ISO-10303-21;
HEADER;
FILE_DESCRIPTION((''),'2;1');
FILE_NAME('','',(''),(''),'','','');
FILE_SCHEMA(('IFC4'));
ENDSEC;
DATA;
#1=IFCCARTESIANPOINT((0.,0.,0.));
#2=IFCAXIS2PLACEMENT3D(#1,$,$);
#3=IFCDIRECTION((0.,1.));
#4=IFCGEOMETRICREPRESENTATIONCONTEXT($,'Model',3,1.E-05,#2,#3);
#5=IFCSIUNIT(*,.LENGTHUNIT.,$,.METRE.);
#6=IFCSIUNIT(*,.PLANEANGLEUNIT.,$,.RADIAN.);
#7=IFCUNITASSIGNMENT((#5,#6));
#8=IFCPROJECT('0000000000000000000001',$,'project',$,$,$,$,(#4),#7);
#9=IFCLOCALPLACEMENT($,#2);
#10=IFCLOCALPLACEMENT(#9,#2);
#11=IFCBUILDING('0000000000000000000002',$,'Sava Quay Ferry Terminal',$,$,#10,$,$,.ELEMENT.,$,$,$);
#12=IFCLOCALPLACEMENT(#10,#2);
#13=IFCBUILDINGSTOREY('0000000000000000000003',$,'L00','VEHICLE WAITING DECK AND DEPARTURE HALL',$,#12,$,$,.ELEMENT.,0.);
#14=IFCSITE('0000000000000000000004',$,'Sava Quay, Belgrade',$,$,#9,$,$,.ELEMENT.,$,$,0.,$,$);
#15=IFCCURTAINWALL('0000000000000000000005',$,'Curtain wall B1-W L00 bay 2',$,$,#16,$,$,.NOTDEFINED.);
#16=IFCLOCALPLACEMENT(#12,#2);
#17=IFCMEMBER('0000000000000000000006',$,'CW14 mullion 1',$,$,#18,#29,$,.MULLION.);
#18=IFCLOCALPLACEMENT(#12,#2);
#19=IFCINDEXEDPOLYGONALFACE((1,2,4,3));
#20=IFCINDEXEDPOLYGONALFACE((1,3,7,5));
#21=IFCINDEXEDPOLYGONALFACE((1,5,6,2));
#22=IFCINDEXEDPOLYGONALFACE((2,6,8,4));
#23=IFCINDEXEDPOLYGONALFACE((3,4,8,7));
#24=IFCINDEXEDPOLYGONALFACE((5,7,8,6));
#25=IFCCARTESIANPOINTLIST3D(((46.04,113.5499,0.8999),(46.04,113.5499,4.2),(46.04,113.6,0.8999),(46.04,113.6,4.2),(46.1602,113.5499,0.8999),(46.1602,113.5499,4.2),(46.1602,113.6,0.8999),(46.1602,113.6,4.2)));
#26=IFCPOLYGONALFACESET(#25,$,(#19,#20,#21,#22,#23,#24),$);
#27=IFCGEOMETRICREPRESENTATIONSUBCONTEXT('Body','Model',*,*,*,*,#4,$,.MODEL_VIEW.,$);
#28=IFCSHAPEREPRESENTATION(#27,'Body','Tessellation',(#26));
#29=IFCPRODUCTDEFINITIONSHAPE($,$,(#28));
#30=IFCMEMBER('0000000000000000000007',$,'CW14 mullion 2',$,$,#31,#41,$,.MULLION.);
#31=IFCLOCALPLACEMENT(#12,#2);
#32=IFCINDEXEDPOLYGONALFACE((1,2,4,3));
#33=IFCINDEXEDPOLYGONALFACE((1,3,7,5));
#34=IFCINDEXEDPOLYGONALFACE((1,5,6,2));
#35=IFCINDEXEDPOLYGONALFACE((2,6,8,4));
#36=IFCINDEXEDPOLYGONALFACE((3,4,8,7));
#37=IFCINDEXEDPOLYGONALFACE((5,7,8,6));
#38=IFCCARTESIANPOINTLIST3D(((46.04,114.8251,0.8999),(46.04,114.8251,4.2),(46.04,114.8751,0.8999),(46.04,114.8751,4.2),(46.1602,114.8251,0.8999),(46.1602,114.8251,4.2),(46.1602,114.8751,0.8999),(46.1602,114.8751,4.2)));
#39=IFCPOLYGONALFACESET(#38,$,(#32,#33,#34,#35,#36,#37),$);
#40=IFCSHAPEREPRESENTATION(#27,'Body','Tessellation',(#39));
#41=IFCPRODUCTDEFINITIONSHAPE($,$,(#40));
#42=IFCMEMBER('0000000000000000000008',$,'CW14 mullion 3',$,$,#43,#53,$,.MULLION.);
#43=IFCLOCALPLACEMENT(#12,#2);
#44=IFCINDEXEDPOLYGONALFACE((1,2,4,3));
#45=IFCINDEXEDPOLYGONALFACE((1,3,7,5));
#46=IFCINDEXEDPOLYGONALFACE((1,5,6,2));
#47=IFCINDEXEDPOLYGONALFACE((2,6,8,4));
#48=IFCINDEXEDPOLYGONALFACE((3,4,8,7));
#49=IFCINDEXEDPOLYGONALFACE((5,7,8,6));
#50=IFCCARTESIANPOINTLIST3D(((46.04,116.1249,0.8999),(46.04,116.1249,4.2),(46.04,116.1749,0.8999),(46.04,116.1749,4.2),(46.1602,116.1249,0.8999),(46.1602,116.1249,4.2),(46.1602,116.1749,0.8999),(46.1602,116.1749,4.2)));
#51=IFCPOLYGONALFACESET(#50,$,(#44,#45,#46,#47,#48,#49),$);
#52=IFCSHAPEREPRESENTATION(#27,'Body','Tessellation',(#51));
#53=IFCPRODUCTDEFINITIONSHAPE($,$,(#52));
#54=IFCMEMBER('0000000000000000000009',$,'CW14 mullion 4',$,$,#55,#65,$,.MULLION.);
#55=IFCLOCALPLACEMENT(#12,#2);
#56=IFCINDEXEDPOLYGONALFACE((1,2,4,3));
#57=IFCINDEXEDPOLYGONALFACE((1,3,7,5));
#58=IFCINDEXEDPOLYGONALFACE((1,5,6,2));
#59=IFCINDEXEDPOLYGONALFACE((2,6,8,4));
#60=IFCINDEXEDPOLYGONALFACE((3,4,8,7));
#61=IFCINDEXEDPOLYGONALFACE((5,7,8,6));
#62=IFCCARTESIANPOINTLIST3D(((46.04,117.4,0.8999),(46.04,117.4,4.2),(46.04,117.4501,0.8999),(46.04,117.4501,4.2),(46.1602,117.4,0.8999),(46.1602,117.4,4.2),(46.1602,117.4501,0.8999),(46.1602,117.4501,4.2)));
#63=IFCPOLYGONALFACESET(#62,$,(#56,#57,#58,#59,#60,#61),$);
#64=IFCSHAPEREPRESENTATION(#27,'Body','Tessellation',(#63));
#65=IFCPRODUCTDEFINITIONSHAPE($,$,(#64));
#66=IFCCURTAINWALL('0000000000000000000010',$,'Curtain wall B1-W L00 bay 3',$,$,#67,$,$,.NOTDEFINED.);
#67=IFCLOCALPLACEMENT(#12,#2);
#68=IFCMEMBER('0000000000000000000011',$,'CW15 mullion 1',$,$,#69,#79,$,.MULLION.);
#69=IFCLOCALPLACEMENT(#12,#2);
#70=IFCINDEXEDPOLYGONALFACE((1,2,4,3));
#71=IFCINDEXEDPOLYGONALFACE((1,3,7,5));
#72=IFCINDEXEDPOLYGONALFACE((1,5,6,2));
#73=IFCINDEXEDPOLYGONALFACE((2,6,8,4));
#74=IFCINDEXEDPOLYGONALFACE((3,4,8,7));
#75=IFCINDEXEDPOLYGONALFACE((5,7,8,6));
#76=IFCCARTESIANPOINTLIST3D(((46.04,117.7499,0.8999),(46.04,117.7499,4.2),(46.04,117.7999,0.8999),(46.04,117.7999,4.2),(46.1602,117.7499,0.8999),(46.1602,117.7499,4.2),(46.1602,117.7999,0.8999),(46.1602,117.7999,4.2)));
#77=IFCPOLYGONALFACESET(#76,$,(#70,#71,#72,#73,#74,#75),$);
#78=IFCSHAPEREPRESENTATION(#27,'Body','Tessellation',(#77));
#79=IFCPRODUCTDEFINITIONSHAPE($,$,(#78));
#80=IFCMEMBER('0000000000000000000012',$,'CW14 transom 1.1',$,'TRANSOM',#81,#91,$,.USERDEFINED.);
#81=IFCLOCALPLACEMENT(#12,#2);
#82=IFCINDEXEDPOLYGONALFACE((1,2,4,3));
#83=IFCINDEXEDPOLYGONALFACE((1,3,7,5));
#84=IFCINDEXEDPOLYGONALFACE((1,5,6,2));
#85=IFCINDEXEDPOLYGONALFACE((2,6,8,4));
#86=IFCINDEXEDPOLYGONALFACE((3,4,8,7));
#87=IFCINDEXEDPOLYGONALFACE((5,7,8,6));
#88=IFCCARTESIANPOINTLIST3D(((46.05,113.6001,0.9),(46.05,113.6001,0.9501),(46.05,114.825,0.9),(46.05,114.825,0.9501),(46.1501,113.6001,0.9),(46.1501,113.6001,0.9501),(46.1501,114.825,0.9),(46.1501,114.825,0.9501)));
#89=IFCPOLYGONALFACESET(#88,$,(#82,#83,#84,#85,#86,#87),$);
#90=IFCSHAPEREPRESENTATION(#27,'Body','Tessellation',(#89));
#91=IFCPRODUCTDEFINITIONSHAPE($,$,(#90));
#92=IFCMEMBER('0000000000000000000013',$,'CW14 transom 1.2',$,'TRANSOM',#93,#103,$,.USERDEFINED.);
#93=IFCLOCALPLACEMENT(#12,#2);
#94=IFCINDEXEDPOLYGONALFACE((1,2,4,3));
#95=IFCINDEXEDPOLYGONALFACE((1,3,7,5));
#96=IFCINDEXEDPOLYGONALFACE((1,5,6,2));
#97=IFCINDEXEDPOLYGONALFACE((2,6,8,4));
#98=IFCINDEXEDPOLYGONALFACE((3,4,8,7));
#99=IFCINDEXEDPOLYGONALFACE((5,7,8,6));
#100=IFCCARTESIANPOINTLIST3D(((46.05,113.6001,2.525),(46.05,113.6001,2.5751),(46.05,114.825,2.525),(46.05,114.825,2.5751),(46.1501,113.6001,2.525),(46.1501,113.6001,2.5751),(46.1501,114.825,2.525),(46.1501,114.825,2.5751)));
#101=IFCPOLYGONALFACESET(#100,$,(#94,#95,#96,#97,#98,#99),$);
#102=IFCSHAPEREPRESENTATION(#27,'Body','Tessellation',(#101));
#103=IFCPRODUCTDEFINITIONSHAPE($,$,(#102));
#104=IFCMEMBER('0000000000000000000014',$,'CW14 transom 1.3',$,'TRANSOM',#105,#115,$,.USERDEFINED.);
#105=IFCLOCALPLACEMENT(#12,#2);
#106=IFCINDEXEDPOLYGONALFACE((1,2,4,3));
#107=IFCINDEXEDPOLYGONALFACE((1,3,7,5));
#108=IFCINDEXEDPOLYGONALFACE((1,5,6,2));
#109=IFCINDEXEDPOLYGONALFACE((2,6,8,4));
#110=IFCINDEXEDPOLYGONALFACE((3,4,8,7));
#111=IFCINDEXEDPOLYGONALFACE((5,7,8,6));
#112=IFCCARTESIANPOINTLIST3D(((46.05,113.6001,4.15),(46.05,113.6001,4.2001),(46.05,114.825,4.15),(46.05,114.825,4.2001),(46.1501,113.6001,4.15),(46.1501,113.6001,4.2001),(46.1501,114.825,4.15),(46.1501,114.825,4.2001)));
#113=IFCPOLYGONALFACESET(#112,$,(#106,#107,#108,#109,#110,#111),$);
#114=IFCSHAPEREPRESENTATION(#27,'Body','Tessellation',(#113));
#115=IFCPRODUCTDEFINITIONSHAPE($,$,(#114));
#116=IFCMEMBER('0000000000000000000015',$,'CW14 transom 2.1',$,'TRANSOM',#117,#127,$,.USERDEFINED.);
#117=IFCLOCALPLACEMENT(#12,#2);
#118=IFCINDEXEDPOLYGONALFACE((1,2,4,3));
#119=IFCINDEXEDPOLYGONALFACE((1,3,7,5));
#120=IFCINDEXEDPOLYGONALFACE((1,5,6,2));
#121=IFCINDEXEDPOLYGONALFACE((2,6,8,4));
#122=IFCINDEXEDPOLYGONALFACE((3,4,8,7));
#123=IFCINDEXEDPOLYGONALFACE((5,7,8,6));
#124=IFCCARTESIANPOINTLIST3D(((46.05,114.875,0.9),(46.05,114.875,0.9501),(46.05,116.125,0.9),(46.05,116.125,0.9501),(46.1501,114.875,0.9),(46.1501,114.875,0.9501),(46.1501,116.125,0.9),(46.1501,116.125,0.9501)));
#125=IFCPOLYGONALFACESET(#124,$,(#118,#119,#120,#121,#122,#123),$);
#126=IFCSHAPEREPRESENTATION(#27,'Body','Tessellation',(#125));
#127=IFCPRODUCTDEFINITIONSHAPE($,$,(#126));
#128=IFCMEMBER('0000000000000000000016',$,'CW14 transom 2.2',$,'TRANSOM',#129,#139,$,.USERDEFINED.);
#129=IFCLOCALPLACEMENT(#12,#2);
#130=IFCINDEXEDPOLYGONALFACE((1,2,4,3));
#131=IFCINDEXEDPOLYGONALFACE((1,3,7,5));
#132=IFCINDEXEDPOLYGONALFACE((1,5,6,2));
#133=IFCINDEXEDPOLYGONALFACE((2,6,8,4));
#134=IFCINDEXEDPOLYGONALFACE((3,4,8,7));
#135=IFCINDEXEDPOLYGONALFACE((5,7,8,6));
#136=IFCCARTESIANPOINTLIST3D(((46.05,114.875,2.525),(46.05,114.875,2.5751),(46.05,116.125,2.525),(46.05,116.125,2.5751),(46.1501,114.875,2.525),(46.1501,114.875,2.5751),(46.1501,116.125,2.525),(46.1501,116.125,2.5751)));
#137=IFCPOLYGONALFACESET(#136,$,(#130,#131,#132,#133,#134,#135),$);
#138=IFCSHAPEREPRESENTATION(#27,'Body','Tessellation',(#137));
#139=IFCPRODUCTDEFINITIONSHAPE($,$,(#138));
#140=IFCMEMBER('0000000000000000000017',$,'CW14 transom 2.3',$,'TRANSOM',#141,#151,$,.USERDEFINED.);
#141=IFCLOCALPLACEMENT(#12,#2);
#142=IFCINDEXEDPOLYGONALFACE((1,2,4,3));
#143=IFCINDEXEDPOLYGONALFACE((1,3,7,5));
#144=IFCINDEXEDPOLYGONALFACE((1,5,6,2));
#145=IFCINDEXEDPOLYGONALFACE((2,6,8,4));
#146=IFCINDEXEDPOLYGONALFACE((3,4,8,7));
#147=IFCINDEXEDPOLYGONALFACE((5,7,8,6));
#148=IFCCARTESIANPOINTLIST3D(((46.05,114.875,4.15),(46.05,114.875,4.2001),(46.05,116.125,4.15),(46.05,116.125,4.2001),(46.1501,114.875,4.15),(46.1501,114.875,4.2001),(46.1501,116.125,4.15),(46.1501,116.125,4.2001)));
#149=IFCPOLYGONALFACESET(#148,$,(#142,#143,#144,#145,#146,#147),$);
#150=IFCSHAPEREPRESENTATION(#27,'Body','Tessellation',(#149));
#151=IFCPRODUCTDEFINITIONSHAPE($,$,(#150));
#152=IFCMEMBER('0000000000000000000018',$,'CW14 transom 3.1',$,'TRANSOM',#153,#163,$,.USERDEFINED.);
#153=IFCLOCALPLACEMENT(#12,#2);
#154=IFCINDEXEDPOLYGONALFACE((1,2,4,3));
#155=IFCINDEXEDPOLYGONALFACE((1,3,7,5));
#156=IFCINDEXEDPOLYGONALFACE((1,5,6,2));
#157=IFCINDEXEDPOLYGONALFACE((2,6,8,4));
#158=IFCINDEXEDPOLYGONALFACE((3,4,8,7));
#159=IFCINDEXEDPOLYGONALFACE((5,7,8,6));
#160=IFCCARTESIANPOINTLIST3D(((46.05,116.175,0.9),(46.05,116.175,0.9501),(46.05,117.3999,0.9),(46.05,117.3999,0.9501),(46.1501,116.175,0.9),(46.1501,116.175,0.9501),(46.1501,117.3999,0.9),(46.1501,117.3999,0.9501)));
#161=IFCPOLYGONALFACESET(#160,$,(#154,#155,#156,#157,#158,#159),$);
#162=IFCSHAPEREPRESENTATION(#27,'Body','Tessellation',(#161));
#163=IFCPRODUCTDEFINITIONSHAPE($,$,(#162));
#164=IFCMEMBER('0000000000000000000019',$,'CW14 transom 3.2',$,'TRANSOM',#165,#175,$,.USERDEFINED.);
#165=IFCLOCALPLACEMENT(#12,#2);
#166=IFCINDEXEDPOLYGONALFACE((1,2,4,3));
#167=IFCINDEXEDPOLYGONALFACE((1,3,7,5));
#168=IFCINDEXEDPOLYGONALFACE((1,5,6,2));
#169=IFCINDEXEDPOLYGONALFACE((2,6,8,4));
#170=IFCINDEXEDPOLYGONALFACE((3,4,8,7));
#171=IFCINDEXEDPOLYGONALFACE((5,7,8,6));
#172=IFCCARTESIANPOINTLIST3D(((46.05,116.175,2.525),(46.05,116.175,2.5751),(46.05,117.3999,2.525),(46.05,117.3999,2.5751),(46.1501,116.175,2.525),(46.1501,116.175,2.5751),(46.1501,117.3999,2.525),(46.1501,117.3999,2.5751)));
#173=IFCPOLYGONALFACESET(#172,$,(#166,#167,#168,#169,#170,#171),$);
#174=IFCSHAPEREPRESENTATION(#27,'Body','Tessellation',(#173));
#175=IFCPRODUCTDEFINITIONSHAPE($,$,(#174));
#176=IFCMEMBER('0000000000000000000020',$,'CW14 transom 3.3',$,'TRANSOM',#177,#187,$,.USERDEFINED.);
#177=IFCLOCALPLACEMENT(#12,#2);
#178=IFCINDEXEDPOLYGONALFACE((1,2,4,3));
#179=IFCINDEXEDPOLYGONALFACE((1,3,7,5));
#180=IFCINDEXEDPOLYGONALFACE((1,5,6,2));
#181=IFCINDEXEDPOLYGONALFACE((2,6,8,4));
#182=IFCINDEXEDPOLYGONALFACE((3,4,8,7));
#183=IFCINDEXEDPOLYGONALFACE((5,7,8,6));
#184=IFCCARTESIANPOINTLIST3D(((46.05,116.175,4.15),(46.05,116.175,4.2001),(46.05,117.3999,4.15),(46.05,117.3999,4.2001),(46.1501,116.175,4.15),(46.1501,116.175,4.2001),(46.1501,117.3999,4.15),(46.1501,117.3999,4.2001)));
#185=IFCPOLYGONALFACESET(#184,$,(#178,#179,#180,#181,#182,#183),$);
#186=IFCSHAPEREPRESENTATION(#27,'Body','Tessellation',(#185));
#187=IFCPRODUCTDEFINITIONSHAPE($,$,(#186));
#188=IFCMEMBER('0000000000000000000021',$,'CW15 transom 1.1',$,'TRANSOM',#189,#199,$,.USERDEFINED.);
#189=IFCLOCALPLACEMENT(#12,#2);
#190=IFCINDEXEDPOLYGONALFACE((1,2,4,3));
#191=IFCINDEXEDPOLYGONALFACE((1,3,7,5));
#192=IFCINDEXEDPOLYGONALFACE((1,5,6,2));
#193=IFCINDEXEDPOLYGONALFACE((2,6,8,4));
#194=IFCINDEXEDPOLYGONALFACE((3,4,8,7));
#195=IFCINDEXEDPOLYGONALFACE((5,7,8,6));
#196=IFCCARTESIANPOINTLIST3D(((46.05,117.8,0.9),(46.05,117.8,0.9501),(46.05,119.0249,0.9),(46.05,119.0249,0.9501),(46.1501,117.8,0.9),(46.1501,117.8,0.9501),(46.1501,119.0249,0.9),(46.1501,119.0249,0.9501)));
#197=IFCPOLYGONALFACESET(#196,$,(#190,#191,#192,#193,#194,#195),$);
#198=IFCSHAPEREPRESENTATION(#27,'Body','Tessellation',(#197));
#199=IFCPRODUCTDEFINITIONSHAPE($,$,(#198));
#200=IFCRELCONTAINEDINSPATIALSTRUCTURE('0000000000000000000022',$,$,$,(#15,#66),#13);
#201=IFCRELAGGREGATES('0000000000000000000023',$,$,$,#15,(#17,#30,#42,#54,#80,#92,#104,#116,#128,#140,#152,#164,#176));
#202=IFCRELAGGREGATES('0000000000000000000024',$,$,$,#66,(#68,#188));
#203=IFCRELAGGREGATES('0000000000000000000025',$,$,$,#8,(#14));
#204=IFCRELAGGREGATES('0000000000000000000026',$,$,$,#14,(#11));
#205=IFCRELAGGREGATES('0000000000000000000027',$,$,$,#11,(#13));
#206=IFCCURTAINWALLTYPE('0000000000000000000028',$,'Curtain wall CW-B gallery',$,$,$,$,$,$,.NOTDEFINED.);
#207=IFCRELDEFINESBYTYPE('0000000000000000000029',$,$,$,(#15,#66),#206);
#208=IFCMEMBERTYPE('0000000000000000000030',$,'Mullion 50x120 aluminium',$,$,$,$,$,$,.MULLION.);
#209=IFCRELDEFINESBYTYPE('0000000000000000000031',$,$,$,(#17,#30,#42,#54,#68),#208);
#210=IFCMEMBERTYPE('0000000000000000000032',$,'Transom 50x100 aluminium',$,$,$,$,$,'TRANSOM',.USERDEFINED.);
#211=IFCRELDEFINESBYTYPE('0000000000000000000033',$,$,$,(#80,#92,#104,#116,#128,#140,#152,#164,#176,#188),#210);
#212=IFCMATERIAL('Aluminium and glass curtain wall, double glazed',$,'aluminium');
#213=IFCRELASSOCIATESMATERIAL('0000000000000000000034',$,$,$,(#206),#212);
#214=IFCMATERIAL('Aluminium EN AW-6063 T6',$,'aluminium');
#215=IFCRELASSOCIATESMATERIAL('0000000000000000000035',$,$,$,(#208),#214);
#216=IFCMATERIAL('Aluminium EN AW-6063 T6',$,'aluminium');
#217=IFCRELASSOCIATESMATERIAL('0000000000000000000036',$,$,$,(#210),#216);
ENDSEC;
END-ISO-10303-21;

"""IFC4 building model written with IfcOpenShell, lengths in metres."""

from ifc_helpers import new_model, si_unit, direction, frame, origin, origin_2d, place, context, subcontext, project, spatial, rectangle, extrude, material, material_profile, profile_set, type_object, element, aggregate, save


model = new_model("IFC4")

# Units and contexts
model_context = context("Model", 3, precision=1e-05, world=origin(), true_north=direction((0.0, 1.0)))
body_context = subcontext(model_context, "Body", "Model", "MODEL_VIEW")
ifc_project = project(units=[si_unit("LENGTHUNIT", "METRE"), si_unit("PLANEANGLEUNIT", "RADIAN")], contexts=[model_context])

# Site, building, storey
site_placement = place(None, origin())
site = spatial("IfcSite", under=ifc_project, at=site_placement, Name="Sava Quay, Belgrade", CompositionType="ELEMENT", RefElevation=0.0)
building_placement = place(site_placement, origin())
building = spatial("IfcBuilding", under=site, at=building_placement, Name="Sava Quay Ferry Terminal", CompositionType="ELEMENT")
storey_placement = place(building_placement, origin())
storey = spatial("IfcBuildingStorey", under=building, at=storey_placement, Name="L00", Description="VEHICLE WAITING DECK AND DEPARTURE HALL", CompositionType="ELEMENT", Elevation=0.0)

# Curtain wall, members
ifc_material_1 = material(Name="Aluminium and glass curtain wall, double glazed", Category="aluminium")
curtain_wall_type = type_object("IfcCurtainWallType", Name="Curtain wall CW-B gallery", PredefinedType="NOTDEFINED", material=ifc_material_1)
curtain_wall_1_placement = place(storey_placement, origin())
curtain_wall_1 = element("IfcCurtainWall", 1, at=curtain_wall_1_placement, inside=storey, type_object=curtain_wall_type, Name="Curtain wall B1-W L00 bay 2", PredefinedType="NOTDEFINED")
ifc_material_2 = material(Name="Aluminium EN AW-6063 T6", Category="aluminium")
ifc_material_profile_1 = material_profile(ifc_material_2, rectangle(XDim=0.1201, YDim=0.05, at=origin_2d()), Name="Mullion 50x120 aluminium")
ifc_profile_set_1 = profile_set([ifc_material_profile_1], Name="Aluminium EN AW-6063 T6")
member_type_1 = type_object("IfcMemberType", Name="Mullion 50x120 aluminium", PredefinedType="MULLION", material=ifc_profile_set_1)
member_1_placement = place(storey_placement, frame((46.1001, 113.575, 0.8999), z_axis=(0.0, 0.0, 1.0), x_axis=(-1.0, 0.0, 0.0)))
member_1 = element("IfcMember", 2, at=member_1_placement, type_object=member_type_1, Name="CW14 mullion 1", PredefinedType="MULLION", context=body_context, shape_type="SweptSolid", body=[
    extrude(rectangle(XDim=0.1201, YDim=0.05, at=origin_2d()), origin(), (0.0, 0.0, 1.0), 3.3),
])
member_2_placement = place(storey_placement, frame((46.1001, 114.8501, 0.8999), z_axis=(0.0, 0.0, 1.0), x_axis=(-1.0, 0.0, 0.0)))
member_2 = element("IfcMember", 3, at=member_2_placement, type_object=member_type_1, Name="CW14 mullion 2", PredefinedType="MULLION", context=body_context, shape_type="SweptSolid", body=[
    extrude(rectangle(XDim=0.1201, YDim=0.05, at=origin_2d()), origin(), (0.0, 0.0, 1.0), 3.3),
])
member_3_placement = place(storey_placement, frame((46.1001, 116.1499, 0.8999), z_axis=(0.0, 0.0, 1.0), x_axis=(-1.0, 0.0, 0.0)))
member_3 = element("IfcMember", 4, at=member_3_placement, type_object=member_type_1, Name="CW14 mullion 3", PredefinedType="MULLION", context=body_context, shape_type="SweptSolid", body=[
    extrude(rectangle(XDim=0.1201, YDim=0.05, at=origin_2d()), origin(), (0.0, 0.0, 1.0), 3.3),
])
member_4_placement = place(storey_placement, frame((46.1001, 117.425, 0.8999), z_axis=(0.0, 0.0, 1.0), x_axis=(-1.0, 0.0, 0.0)))
member_4 = element("IfcMember", 5, at=member_4_placement, type_object=member_type_1, Name="CW14 mullion 4", PredefinedType="MULLION", context=body_context, shape_type="SweptSolid", body=[
    extrude(rectangle(XDim=0.1201, YDim=0.05, at=origin_2d()), origin(), (0.0, 0.0, 1.0), 3.3),
])

# Curtain wall, member
curtain_wall_2_placement = place(storey_placement, origin())
curtain_wall_2 = element("IfcCurtainWall", 6, at=curtain_wall_2_placement, inside=storey, type_object=curtain_wall_type, Name="Curtain wall B1-W L00 bay 3", PredefinedType="NOTDEFINED")
member_5_placement = place(storey_placement, frame((46.1001, 117.7749, 0.8999), z_axis=(0.0, 0.0, 1.0), x_axis=(-1.0, 0.0, 0.0)))
member_5 = element("IfcMember", 7, at=member_5_placement, type_object=member_type_1, Name="CW15 mullion 1", PredefinedType="MULLION", context=body_context, shape_type="SweptSolid", body=[
    extrude(rectangle(XDim=0.1201, YDim=0.05, at=origin_2d()), origin(), (0.0, 0.0, 1.0), 3.3),
])

# Members
ifc_material_3 = material(Name="Aluminium EN AW-6063 T6", Category="aluminium")
ifc_material_profile_2 = material_profile(ifc_material_3, rectangle(XDim=0.1001, YDim=0.05, at=origin_2d()), Name="Transom 50x100 aluminium")
ifc_profile_set_2 = profile_set([ifc_material_profile_2], Name="Aluminium EN AW-6063 T6")
member_type_2 = type_object("IfcMemberType", Name="Transom 50x100 aluminium", ElementType="TRANSOM", PredefinedType="USERDEFINED", material=ifc_profile_set_2)
member_6_placement = place(storey_placement, frame((46.1001, 113.6001, 0.925), z_axis=(0.0, 1.0, 0.0), x_axis=(-1.0, 0.0, 0.0)))
member_6 = element("IfcMember", 8, at=member_6_placement, type_object=member_type_2, Name="CW14 transom 1.1", ObjectType="TRANSOM", PredefinedType="USERDEFINED", context=body_context, shape_type="SweptSolid", body=[
    extrude(rectangle(XDim=0.1001, YDim=0.05, at=origin_2d()), origin(), (0.0, 0.0, 1.0), 1.2249),
])
member_7_placement = place(storey_placement, frame((46.1001, 113.6001, 2.55), z_axis=(0.0, 1.0, 0.0), x_axis=(-1.0, 0.0, 0.0)))
member_7 = element("IfcMember", 9, at=member_7_placement, type_object=member_type_2, Name="CW14 transom 1.2", ObjectType="TRANSOM", PredefinedType="USERDEFINED", context=body_context, shape_type="SweptSolid", body=[
    extrude(rectangle(XDim=0.1001, YDim=0.05, at=origin_2d()), origin(), (0.0, 0.0, 1.0), 1.2249),
])
member_8_placement = place(storey_placement, frame((46.1001, 113.6001, 4.175), z_axis=(0.0, 1.0, 0.0), x_axis=(-1.0, 0.0, 0.0)))
member_8 = element("IfcMember", 10, at=member_8_placement, type_object=member_type_2, Name="CW14 transom 1.3", ObjectType="TRANSOM", PredefinedType="USERDEFINED", context=body_context, shape_type="SweptSolid", body=[
    extrude(rectangle(XDim=0.1001, YDim=0.05, at=origin_2d()), origin(), (0.0, 0.0, 1.0), 1.2249),
])
member_9_placement = place(storey_placement, frame((46.1001, 114.875, 0.925), z_axis=(0.0, 1.0, 0.0), x_axis=(-1.0, 0.0, 0.0)))
member_9 = element("IfcMember", 11, at=member_9_placement, type_object=member_type_2, Name="CW14 transom 2.1", ObjectType="TRANSOM", PredefinedType="USERDEFINED", context=body_context, shape_type="SweptSolid", body=[
    extrude(rectangle(XDim=0.1001, YDim=0.05, at=origin_2d()), origin(), (0.0, 0.0, 1.0), 1.25),
])
member_10_placement = place(storey_placement, frame((46.1001, 114.875, 2.55), z_axis=(0.0, 1.0, 0.0), x_axis=(-1.0, 0.0, 0.0)))
member_10 = element("IfcMember", 12, at=member_10_placement, type_object=member_type_2, Name="CW14 transom 2.2", ObjectType="TRANSOM", PredefinedType="USERDEFINED", context=body_context, shape_type="SweptSolid", body=[
    extrude(rectangle(XDim=0.1001, YDim=0.05, at=origin_2d()), origin(), (0.0, 0.0, 1.0), 1.25),
])
member_11_placement = place(storey_placement, frame((46.1001, 114.875, 4.175), z_axis=(0.0, 1.0, 0.0), x_axis=(-1.0, 0.0, 0.0)))
member_11 = element("IfcMember", 13, at=member_11_placement, type_object=member_type_2, Name="CW14 transom 2.3", ObjectType="TRANSOM", PredefinedType="USERDEFINED", context=body_context, shape_type="SweptSolid", body=[
    extrude(rectangle(XDim=0.1001, YDim=0.05, at=origin_2d()), origin(), (0.0, 0.0, 1.0), 1.25),
])
member_12_placement = place(storey_placement, frame((46.1001, 116.175, 0.925), z_axis=(0.0, 1.0, 0.0), x_axis=(-1.0, 0.0, 0.0)))
member_12 = element("IfcMember", 14, at=member_12_placement, type_object=member_type_2, Name="CW14 transom 3.1", ObjectType="TRANSOM", PredefinedType="USERDEFINED", context=body_context, shape_type="SweptSolid", body=[
    extrude(rectangle(XDim=0.1001, YDim=0.05, at=origin_2d()), origin(), (0.0, 0.0, 1.0), 1.2249),
])
member_13_placement = place(storey_placement, frame((46.1001, 116.175, 2.55), z_axis=(0.0, 1.0, 0.0), x_axis=(-1.0, 0.0, 0.0)))
member_13 = element("IfcMember", 15, at=member_13_placement, type_object=member_type_2, Name="CW14 transom 3.2", ObjectType="TRANSOM", PredefinedType="USERDEFINED", context=body_context, shape_type="SweptSolid", body=[
    extrude(rectangle(XDim=0.1001, YDim=0.05, at=origin_2d()), origin(), (0.0, 0.0, 1.0), 1.2249),
])
member_14_placement = place(storey_placement, frame((46.1001, 116.175, 4.175), z_axis=(0.0, 1.0, 0.0), x_axis=(-1.0, 0.0, 0.0)))
member_14 = element("IfcMember", 16, at=member_14_placement, type_object=member_type_2, Name="CW14 transom 3.3", ObjectType="TRANSOM", PredefinedType="USERDEFINED", context=body_context, shape_type="SweptSolid", body=[
    extrude(rectangle(XDim=0.1001, YDim=0.05, at=origin_2d()), origin(), (0.0, 0.0, 1.0), 1.2249),
])
member_15_placement = place(storey_placement, frame((46.1001, 117.8, 0.925), z_axis=(0.0, 1.0, 0.0), x_axis=(-1.0, 0.0, 0.0)))
member_15 = element("IfcMember", 17, at=member_15_placement, type_object=member_type_2, Name="CW15 transom 1.1", ObjectType="TRANSOM", PredefinedType="USERDEFINED", context=body_context, shape_type="SweptSolid", body=[
    extrude(rectangle(XDim=0.1001, YDim=0.05, at=origin_2d()), origin(), (0.0, 0.0, 1.0), 1.2249),
])

aggregate(curtain_wall_1, [member_1, member_2, member_3, member_4, member_6, member_7, member_8, member_9, member_10, member_11, member_12, member_13, member_14])
aggregate(curtain_wall_2, [member_5, member_15])

save(model, "model.ifc")
